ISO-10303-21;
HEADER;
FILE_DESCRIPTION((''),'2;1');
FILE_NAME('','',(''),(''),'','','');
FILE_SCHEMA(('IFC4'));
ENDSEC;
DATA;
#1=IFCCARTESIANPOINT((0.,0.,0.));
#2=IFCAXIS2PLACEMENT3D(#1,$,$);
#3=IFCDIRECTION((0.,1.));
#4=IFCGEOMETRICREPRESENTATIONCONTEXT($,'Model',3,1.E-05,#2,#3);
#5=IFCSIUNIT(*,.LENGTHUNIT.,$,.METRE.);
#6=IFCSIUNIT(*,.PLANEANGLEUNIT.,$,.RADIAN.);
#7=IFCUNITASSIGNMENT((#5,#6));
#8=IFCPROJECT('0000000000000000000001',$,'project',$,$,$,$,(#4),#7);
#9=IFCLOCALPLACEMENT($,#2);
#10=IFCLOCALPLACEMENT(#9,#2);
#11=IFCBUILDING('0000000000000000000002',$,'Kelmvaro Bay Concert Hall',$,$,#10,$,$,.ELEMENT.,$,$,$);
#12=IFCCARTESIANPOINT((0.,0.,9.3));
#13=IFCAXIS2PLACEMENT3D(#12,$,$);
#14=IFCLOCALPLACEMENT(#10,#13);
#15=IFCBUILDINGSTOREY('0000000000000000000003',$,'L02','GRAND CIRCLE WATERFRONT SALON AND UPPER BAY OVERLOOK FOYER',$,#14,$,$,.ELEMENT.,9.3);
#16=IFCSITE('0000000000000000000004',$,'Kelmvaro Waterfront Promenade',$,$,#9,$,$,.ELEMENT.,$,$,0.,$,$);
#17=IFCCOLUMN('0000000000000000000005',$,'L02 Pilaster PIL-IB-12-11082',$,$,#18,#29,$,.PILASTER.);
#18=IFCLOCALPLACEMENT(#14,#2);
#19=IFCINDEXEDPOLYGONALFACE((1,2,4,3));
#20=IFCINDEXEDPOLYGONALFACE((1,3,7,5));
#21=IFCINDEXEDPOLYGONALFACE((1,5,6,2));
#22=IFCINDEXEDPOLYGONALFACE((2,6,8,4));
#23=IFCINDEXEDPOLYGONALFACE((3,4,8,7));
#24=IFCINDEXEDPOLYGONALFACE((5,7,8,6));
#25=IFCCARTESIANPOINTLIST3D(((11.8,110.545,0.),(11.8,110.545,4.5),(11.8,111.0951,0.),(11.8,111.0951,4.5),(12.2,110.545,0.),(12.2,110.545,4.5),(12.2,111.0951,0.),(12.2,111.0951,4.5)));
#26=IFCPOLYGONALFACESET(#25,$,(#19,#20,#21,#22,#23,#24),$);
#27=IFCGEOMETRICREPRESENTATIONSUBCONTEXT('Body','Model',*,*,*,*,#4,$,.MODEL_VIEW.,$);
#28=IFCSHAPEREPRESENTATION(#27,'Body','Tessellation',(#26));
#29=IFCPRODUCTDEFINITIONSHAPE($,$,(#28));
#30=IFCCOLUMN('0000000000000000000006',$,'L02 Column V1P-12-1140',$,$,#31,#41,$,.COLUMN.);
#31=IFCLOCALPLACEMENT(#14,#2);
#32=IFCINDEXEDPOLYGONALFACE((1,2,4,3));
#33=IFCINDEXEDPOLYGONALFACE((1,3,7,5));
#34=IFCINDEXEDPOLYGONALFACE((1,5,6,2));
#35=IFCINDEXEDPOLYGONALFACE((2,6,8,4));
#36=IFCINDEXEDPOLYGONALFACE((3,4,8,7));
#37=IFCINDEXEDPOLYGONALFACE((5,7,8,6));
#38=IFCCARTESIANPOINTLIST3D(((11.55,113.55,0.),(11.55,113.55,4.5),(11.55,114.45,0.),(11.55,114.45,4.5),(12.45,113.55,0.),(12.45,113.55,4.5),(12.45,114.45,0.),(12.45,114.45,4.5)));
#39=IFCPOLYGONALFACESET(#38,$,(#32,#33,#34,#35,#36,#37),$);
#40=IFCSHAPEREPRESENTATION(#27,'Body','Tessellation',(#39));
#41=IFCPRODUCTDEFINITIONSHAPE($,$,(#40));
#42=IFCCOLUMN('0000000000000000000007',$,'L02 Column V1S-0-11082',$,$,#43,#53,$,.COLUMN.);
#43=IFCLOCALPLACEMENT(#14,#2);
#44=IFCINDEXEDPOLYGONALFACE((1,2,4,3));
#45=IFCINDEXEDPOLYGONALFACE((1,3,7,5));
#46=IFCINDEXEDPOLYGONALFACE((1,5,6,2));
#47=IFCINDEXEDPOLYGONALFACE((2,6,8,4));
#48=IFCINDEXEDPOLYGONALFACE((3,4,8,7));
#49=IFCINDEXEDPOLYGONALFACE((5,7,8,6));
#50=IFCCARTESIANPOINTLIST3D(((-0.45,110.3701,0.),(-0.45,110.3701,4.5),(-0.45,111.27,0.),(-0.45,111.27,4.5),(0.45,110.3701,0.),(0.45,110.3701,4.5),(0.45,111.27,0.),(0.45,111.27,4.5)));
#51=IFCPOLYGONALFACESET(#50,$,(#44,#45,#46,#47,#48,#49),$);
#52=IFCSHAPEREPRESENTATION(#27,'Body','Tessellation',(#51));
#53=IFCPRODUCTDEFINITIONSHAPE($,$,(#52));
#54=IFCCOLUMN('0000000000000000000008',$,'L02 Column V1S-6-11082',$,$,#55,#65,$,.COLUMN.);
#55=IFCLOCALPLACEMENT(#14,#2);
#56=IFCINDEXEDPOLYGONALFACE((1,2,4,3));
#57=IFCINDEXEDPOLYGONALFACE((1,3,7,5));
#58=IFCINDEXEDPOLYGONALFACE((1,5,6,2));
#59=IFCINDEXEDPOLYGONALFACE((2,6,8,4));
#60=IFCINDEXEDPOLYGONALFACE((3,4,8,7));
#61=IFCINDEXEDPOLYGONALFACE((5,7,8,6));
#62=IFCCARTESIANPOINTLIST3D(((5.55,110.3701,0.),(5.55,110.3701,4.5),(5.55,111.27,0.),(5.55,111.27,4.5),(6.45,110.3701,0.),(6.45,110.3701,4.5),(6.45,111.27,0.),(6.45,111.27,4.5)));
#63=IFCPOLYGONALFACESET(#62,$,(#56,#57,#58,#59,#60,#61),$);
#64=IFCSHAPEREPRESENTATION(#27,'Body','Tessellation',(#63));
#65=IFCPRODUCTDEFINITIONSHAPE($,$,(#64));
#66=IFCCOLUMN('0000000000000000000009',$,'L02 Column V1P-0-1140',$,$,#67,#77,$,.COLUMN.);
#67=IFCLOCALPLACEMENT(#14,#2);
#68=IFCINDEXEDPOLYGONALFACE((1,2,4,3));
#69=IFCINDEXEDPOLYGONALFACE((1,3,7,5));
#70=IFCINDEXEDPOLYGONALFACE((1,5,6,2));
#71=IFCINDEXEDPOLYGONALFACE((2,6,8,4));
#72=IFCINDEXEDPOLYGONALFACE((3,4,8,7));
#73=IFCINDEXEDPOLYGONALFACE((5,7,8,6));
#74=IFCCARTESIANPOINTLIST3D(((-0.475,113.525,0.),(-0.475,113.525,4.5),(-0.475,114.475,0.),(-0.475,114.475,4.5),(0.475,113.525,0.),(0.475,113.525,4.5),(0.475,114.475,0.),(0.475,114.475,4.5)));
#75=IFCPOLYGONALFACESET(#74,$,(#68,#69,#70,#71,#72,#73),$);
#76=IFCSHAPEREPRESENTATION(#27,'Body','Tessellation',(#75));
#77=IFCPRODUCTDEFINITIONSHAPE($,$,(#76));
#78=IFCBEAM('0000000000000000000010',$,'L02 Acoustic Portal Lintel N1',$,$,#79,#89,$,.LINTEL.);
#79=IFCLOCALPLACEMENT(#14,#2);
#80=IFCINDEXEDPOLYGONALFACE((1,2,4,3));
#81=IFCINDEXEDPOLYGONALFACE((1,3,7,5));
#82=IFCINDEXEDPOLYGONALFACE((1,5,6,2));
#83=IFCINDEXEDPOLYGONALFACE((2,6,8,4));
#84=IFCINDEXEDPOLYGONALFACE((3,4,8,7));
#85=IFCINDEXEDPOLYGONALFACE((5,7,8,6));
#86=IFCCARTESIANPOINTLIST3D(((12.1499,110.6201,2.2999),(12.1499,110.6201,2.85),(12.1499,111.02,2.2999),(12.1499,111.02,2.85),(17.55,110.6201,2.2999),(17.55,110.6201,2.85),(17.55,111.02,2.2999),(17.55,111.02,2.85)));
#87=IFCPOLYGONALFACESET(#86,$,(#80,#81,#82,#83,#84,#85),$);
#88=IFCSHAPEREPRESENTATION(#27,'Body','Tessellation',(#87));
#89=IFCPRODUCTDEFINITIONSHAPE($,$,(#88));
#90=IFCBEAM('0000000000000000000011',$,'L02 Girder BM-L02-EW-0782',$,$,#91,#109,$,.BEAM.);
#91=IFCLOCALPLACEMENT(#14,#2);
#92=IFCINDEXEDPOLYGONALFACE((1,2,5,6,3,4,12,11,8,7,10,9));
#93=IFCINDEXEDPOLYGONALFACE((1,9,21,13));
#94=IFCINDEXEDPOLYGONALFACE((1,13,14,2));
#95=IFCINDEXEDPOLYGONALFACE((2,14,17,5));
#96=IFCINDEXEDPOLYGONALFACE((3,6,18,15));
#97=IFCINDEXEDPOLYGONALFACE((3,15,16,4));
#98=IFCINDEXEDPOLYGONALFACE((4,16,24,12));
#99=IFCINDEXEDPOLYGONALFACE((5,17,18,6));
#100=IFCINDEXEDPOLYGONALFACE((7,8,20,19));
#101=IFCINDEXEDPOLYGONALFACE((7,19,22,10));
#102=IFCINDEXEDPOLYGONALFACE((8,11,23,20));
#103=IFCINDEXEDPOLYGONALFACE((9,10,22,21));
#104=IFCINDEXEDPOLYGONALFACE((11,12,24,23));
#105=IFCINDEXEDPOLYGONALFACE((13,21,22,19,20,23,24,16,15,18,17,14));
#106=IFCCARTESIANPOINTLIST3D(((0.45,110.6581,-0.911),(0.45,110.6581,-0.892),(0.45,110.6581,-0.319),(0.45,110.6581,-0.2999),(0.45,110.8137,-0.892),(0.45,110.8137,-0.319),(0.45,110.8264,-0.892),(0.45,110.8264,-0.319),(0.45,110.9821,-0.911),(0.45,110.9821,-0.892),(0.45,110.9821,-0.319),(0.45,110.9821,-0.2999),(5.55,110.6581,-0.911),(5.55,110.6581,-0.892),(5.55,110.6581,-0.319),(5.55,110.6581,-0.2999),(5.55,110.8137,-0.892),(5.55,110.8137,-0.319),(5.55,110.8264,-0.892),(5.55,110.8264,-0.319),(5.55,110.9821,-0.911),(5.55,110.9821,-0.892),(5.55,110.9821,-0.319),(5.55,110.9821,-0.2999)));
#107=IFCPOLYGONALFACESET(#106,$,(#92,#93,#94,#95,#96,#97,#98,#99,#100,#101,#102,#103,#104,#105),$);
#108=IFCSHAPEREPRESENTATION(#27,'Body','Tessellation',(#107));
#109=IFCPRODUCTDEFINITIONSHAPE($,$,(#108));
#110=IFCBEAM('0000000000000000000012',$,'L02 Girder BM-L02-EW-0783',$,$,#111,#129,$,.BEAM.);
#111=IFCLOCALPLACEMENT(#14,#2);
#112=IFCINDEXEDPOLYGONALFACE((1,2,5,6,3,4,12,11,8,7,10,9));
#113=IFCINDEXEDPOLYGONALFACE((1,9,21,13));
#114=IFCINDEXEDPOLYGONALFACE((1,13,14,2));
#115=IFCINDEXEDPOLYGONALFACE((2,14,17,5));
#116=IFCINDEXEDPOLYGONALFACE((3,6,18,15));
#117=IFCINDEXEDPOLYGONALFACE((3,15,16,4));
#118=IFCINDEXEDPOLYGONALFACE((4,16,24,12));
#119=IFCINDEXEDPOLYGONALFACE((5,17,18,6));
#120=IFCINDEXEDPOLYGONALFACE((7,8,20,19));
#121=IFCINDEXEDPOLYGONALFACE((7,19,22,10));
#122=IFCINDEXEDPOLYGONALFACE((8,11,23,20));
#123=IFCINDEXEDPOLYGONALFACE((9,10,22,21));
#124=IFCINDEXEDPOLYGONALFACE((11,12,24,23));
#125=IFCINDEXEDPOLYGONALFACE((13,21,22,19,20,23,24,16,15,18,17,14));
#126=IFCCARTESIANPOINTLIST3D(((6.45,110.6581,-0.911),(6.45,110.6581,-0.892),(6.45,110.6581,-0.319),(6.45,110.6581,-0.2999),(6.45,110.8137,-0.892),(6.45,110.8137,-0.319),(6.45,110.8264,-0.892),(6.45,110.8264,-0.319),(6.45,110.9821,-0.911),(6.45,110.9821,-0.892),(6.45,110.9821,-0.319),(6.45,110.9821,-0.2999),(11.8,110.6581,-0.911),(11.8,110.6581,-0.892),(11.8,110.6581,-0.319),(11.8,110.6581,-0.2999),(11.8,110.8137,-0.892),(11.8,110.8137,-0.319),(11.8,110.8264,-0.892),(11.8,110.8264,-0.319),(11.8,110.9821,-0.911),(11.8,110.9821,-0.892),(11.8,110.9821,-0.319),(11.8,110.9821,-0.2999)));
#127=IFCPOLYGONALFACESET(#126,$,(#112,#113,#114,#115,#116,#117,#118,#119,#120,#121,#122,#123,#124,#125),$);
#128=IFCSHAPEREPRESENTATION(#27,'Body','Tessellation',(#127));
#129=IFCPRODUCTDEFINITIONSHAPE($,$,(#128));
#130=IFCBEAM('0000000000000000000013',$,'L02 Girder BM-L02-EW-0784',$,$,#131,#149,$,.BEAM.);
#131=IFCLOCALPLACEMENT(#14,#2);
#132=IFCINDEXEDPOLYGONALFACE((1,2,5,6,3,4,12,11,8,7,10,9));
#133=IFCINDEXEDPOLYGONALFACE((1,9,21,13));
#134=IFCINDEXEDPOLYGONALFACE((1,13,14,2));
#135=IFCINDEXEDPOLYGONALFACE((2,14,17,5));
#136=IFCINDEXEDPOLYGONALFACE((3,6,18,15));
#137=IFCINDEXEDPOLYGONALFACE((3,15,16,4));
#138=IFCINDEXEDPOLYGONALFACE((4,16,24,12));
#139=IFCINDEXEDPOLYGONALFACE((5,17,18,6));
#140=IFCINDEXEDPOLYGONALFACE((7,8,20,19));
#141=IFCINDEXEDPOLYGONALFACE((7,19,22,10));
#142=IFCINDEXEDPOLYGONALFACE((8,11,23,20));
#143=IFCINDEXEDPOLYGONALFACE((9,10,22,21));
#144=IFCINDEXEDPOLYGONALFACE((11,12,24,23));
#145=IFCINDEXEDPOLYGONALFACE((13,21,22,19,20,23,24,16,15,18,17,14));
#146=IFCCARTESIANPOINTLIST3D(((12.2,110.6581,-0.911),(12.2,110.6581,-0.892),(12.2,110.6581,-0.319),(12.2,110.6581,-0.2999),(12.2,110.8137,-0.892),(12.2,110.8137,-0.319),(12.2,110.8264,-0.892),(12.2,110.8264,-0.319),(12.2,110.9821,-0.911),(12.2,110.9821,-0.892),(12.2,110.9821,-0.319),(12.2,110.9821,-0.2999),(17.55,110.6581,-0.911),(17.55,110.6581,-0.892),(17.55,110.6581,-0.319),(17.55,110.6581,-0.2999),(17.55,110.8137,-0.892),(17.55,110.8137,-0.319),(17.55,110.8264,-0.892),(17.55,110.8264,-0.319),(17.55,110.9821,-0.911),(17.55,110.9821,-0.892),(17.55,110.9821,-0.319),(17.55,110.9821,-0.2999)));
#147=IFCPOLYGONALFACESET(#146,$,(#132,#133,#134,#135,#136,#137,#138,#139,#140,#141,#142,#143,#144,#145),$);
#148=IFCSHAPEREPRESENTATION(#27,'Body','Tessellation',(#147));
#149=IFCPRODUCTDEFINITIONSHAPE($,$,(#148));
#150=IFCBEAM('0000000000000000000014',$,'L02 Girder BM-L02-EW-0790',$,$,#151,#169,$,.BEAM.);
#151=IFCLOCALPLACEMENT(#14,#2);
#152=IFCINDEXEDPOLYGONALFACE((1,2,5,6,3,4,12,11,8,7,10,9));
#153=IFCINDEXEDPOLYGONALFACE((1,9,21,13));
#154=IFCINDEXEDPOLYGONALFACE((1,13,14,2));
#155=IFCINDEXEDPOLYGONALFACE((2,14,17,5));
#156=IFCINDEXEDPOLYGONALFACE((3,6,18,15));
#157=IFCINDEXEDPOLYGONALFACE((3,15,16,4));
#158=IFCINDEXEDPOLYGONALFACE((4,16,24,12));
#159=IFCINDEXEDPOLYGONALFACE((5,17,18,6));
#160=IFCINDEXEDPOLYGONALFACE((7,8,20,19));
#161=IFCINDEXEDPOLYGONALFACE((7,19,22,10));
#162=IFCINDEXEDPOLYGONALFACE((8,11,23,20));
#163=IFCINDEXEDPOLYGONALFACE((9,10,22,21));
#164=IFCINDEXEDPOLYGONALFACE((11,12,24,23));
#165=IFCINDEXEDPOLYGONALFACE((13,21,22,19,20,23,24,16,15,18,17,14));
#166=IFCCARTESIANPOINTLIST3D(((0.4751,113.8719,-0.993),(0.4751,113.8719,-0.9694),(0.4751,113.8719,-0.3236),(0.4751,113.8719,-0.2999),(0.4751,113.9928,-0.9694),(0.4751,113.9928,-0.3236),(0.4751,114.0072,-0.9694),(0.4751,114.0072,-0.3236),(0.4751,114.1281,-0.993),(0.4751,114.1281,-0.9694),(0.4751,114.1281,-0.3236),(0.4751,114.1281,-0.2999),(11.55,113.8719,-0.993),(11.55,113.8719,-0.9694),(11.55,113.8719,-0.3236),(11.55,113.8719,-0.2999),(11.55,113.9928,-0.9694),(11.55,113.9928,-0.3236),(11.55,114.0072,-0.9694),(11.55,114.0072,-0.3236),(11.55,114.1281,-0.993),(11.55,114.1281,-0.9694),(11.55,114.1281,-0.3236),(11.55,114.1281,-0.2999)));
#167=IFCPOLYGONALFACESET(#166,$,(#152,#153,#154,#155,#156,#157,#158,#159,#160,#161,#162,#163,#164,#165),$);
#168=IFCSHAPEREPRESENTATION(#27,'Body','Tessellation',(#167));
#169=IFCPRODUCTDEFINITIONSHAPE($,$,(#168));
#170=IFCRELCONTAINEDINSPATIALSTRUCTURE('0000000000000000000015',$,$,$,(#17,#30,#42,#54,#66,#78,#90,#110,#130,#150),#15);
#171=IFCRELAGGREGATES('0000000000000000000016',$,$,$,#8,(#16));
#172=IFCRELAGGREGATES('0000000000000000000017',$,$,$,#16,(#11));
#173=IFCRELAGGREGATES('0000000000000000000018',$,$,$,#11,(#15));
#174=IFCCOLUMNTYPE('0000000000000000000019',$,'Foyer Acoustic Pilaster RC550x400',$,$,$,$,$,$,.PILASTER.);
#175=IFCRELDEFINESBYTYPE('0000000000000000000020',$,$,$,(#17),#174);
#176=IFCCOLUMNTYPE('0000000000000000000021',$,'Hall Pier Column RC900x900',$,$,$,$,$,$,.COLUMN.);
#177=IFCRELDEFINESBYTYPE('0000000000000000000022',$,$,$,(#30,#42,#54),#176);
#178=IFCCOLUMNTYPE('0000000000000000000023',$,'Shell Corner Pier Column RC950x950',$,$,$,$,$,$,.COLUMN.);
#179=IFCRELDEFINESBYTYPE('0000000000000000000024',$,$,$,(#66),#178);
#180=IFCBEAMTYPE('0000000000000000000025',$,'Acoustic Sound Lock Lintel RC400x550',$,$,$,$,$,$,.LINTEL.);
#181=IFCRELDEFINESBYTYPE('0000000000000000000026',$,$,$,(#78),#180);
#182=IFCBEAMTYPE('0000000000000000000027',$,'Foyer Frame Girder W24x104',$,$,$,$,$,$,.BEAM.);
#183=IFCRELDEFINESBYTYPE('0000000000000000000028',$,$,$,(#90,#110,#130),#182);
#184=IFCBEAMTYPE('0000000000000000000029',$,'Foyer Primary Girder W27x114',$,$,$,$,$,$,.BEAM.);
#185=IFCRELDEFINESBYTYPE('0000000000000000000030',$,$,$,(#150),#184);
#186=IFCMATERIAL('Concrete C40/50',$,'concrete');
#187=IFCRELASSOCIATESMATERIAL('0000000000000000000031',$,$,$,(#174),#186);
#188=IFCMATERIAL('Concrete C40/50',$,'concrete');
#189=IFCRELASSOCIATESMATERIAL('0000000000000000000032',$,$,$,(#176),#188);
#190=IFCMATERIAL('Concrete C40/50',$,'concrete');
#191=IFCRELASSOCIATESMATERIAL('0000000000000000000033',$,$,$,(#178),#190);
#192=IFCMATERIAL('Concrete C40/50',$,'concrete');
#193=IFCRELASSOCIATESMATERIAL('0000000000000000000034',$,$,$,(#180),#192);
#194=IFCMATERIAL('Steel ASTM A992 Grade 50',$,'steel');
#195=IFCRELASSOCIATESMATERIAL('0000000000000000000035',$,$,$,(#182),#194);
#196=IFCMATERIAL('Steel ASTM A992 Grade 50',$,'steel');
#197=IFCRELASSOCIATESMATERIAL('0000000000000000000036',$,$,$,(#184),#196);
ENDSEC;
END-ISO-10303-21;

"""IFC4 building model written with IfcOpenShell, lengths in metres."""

from ifc_helpers import new_model, si_unit, direction, frame, origin, origin_2d, place, context, subcontext, project, spatial, rectangle, i_section, extrude, material, material_profile, profile_set, type_object, element, save


model = new_model("IFC4")

# Units and contexts
model_context = context("Model", 3, precision=1e-05, world=origin(), true_north=direction((0.0, 1.0)))
body_context = subcontext(model_context, "Body", "Model", "MODEL_VIEW")
ifc_project = project(units=[si_unit("LENGTHUNIT", "METRE"), si_unit("PLANEANGLEUNIT", "RADIAN")], contexts=[model_context])

# Site, building, storey
site_placement = place(None, origin())
site = spatial("IfcSite", under=ifc_project, at=site_placement, Name="Kelmvaro Waterfront Promenade", CompositionType="ELEMENT", RefElevation=0.0)
building_placement = place(site_placement, origin())
building = spatial("IfcBuilding", under=site, at=building_placement, Name="Kelmvaro Bay Concert Hall", CompositionType="ELEMENT")
storey_placement = place(building_placement, frame((0.0, 0.0, 9.3)))
storey = spatial("IfcBuildingStorey", under=building, at=storey_placement, Name="L02", Description="GRAND CIRCLE WATERFRONT SALON AND UPPER BAY OVERLOOK FOYER", CompositionType="ELEMENT", Elevation=9.3)

# Columns
ifc_material_1 = material(Name="Concrete C40/50", Category="concrete")
ifc_material_profile_1 = material_profile(ifc_material_1, rectangle(XDim=0.3999, YDim=0.55, at=origin_2d()), Name="RC-PIL-550X400")
ifc_profile_set_1 = profile_set([ifc_material_profile_1], Name="Concrete C40/50")
column_type_1 = type_object("IfcColumnType", Name="Foyer Acoustic Pilaster RC550x400", PredefinedType="PILASTER", material=ifc_profile_set_1)
column_1_placement = place(storey_placement, frame((12.0, 110.8201, 0.0), z_axis=(0.0, 0.0, 1.0), x_axis=(1.0, 0.0, 0.0)))
element("IfcColumn", 1, at=column_1_placement, inside=storey, type_object=column_type_1, Name="L02 Pilaster PIL-IB-12-11082", PredefinedType="PILASTER", context=body_context, shape_type="SweptSolid", body=[
    extrude(rectangle(XDim=0.3999, YDim=0.55, at=origin_2d()), origin(), (0.0, 0.0, 1.0), 4.5),
])
ifc_material_2 = material(Name="Concrete C40/50", Category="concrete")
ifc_material_profile_2 = material_profile(ifc_material_2, rectangle(XDim=0.8999, YDim=0.8999, at=origin_2d()), Name="RC-COL-900X900")
ifc_profile_set_2 = profile_set([ifc_material_profile_2], Name="Concrete C40/50")
column_type_2 = type_object("IfcColumnType", Name="Hall Pier Column RC900x900", PredefinedType="COLUMN", material=ifc_profile_set_2)
for number, where, z_axis, x_axis, name in (
    (2, (12.0, 114.0, 0.0), (0.0, 0.0, 1.0), (1.0, 0.0, 0.0), "L02 Column V1P-12-1140"),
    (3, (0.0, 110.8201, 0.0), (0.0, 0.0, 1.0), (1.0, 0.0, 0.0), "L02 Column V1S-0-11082"),
    (4, (6.0, 110.8201, 0.0), (0.0, 0.0, 1.0), (1.0, 0.0, 0.0), "L02 Column V1S-6-11082"),
):
    element("IfcColumn", number, at=place(storey_placement, frame(where, z_axis=z_axis, x_axis=x_axis)), inside=storey, type_object=column_type_2, Name=name, PredefinedType="COLUMN", context=body_context, shape_type="SweptSolid", body=[
        extrude(rectangle(XDim=0.8999, YDim=0.8999, at=origin_2d()), origin(), (0.0, 0.0, 1.0), 4.5),
    ])
ifc_material_3 = material(Name="Concrete C40/50", Category="concrete")
ifc_material_profile_3 = material_profile(ifc_material_3, rectangle(XDim=0.95, YDim=0.95, at=origin_2d()), Name="RC-COL-950X950")
ifc_profile_set_3 = profile_set([ifc_material_profile_3], Name="Concrete C40/50")
column_type_3 = type_object("IfcColumnType", Name="Shell Corner Pier Column RC950x950", PredefinedType="COLUMN", material=ifc_profile_set_3)
column_2_placement = place(storey_placement, frame((0.0, 114.0, 0.0), z_axis=(0.0, 0.0, 1.0), x_axis=(1.0, 0.0, 0.0)))
element("IfcColumn", 5, at=column_2_placement, inside=storey, type_object=column_type_3, Name="L02 Column V1P-0-1140", PredefinedType="COLUMN", context=body_context, shape_type="SweptSolid", body=[
    extrude(rectangle(XDim=0.95, YDim=0.95, at=origin_2d()), origin(), (0.0, 0.0, 1.0), 4.5),
])

# Beams
ifc_material_4 = material(Name="Concrete C40/50", Category="concrete")
ifc_material_profile_4 = material_profile(ifc_material_4, rectangle(XDim=0.3999, YDim=0.55, at=origin_2d()), Name="RC-LNT-400X550")
ifc_profile_set_4 = profile_set([ifc_material_profile_4], Name="Concrete C40/50")
beam_type_1 = type_object("IfcBeamType", Name="Acoustic Sound Lock Lintel RC400x550", PredefinedType="LINTEL", material=ifc_profile_set_4)
beam_1_placement = place(storey_placement, frame((12.1499, 110.8201, 2.575), z_axis=(1.0, 0.0, 0.0), x_axis=(0.0, 1.0, 0.0)))
element("IfcBeam", 6, at=beam_1_placement, inside=storey, type_object=beam_type_1, Name="L02 Acoustic Portal Lintel N1", PredefinedType="LINTEL", context=body_context, shape_type="SweptSolid", body=[
    extrude(rectangle(XDim=0.3999, YDim=0.55, at=origin_2d()), origin(), (0.0, 0.0, 1.0), 5.4001),
])
ifc_material_5 = material(Name="Steel ASTM A992 Grade 50", Category="steel")
ifc_material_profile_5 = material_profile(ifc_material_5, i_section(OverallWidth=0.324, OverallDepth=0.6111, WebThickness=0.0127, FlangeThickness=0.019, at=origin_2d()), Name="W24X104")
ifc_profile_set_5 = profile_set([ifc_material_profile_5], Name="Steel ASTM A992 Grade 50")
beam_type_2 = type_object("IfcBeamType", Name="Foyer Frame Girder W24x104", PredefinedType="BEAM", material=ifc_profile_set_5)
beam_2_placement = place(storey_placement, frame((0.45, 110.8201, -0.6055), z_axis=(1.0, 0.0, 0.0), x_axis=(0.0, 1.0, 0.0)))
element("IfcBeam", 7, at=beam_2_placement, inside=storey, type_object=beam_type_2, Name="L02 Girder BM-L02-EW-0782", PredefinedType="BEAM", context=body_context, shape_type="SweptSolid", body=[
    extrude(i_section(OverallWidth=0.324, OverallDepth=0.6111, WebThickness=0.0127, FlangeThickness=0.019, at=origin_2d()), origin(), (0.0, 0.0, 1.0), 5.1001),
])
for number, where, z_axis, x_axis, name in (
    (8, (6.45, 110.8201, -0.6055), (1.0, 0.0, 0.0), (0.0, 1.0, 0.0), "L02 Girder BM-L02-EW-0783"),
    (9, (12.2, 110.8201, -0.6055), (1.0, 0.0, 0.0), (0.0, 1.0, 0.0), "L02 Girder BM-L02-EW-0784"),
):
    element("IfcBeam", number, at=place(storey_placement, frame(where, z_axis=z_axis, x_axis=x_axis)), inside=storey, type_object=beam_type_2, Name=name, PredefinedType="BEAM", context=body_context, shape_type="SweptSolid", body=[
        extrude(i_section(OverallWidth=0.324, OverallDepth=0.6111, WebThickness=0.0127, FlangeThickness=0.019, at=origin_2d()), origin(), (0.0, 0.0, 1.0), 5.3501),
    ])
ifc_material_6 = material(Name="Steel ASTM A992 Grade 50", Category="steel")
ifc_material_profile_6 = material_profile(ifc_material_6, i_section(OverallWidth=0.2561, OverallDepth=0.6931, WebThickness=0.0144, FlangeThickness=0.0237, at=origin_2d()), Name="W27X114")
ifc_profile_set_6 = profile_set([ifc_material_profile_6], Name="Steel ASTM A992 Grade 50")
beam_type_3 = type_object("IfcBeamType", Name="Foyer Primary Girder W27x114", PredefinedType="BEAM", material=ifc_profile_set_6)
beam_3_placement = place(storey_placement, frame((0.4751, 114.0, -0.6465), z_axis=(1.0, 0.0, 0.0), x_axis=(0.0, 1.0, 0.0)))
element("IfcBeam", 10, at=beam_3_placement, inside=storey, type_object=beam_type_3, Name="L02 Girder BM-L02-EW-0790", PredefinedType="BEAM", context=body_context, shape_type="SweptSolid", body=[
    extrude(i_section(OverallWidth=0.2561, OverallDepth=0.6931, WebThickness=0.0144, FlangeThickness=0.0237, at=origin_2d()), origin(), (0.0, 0.0, 1.0), 11.075),
])

save(model, "model.ifc")
